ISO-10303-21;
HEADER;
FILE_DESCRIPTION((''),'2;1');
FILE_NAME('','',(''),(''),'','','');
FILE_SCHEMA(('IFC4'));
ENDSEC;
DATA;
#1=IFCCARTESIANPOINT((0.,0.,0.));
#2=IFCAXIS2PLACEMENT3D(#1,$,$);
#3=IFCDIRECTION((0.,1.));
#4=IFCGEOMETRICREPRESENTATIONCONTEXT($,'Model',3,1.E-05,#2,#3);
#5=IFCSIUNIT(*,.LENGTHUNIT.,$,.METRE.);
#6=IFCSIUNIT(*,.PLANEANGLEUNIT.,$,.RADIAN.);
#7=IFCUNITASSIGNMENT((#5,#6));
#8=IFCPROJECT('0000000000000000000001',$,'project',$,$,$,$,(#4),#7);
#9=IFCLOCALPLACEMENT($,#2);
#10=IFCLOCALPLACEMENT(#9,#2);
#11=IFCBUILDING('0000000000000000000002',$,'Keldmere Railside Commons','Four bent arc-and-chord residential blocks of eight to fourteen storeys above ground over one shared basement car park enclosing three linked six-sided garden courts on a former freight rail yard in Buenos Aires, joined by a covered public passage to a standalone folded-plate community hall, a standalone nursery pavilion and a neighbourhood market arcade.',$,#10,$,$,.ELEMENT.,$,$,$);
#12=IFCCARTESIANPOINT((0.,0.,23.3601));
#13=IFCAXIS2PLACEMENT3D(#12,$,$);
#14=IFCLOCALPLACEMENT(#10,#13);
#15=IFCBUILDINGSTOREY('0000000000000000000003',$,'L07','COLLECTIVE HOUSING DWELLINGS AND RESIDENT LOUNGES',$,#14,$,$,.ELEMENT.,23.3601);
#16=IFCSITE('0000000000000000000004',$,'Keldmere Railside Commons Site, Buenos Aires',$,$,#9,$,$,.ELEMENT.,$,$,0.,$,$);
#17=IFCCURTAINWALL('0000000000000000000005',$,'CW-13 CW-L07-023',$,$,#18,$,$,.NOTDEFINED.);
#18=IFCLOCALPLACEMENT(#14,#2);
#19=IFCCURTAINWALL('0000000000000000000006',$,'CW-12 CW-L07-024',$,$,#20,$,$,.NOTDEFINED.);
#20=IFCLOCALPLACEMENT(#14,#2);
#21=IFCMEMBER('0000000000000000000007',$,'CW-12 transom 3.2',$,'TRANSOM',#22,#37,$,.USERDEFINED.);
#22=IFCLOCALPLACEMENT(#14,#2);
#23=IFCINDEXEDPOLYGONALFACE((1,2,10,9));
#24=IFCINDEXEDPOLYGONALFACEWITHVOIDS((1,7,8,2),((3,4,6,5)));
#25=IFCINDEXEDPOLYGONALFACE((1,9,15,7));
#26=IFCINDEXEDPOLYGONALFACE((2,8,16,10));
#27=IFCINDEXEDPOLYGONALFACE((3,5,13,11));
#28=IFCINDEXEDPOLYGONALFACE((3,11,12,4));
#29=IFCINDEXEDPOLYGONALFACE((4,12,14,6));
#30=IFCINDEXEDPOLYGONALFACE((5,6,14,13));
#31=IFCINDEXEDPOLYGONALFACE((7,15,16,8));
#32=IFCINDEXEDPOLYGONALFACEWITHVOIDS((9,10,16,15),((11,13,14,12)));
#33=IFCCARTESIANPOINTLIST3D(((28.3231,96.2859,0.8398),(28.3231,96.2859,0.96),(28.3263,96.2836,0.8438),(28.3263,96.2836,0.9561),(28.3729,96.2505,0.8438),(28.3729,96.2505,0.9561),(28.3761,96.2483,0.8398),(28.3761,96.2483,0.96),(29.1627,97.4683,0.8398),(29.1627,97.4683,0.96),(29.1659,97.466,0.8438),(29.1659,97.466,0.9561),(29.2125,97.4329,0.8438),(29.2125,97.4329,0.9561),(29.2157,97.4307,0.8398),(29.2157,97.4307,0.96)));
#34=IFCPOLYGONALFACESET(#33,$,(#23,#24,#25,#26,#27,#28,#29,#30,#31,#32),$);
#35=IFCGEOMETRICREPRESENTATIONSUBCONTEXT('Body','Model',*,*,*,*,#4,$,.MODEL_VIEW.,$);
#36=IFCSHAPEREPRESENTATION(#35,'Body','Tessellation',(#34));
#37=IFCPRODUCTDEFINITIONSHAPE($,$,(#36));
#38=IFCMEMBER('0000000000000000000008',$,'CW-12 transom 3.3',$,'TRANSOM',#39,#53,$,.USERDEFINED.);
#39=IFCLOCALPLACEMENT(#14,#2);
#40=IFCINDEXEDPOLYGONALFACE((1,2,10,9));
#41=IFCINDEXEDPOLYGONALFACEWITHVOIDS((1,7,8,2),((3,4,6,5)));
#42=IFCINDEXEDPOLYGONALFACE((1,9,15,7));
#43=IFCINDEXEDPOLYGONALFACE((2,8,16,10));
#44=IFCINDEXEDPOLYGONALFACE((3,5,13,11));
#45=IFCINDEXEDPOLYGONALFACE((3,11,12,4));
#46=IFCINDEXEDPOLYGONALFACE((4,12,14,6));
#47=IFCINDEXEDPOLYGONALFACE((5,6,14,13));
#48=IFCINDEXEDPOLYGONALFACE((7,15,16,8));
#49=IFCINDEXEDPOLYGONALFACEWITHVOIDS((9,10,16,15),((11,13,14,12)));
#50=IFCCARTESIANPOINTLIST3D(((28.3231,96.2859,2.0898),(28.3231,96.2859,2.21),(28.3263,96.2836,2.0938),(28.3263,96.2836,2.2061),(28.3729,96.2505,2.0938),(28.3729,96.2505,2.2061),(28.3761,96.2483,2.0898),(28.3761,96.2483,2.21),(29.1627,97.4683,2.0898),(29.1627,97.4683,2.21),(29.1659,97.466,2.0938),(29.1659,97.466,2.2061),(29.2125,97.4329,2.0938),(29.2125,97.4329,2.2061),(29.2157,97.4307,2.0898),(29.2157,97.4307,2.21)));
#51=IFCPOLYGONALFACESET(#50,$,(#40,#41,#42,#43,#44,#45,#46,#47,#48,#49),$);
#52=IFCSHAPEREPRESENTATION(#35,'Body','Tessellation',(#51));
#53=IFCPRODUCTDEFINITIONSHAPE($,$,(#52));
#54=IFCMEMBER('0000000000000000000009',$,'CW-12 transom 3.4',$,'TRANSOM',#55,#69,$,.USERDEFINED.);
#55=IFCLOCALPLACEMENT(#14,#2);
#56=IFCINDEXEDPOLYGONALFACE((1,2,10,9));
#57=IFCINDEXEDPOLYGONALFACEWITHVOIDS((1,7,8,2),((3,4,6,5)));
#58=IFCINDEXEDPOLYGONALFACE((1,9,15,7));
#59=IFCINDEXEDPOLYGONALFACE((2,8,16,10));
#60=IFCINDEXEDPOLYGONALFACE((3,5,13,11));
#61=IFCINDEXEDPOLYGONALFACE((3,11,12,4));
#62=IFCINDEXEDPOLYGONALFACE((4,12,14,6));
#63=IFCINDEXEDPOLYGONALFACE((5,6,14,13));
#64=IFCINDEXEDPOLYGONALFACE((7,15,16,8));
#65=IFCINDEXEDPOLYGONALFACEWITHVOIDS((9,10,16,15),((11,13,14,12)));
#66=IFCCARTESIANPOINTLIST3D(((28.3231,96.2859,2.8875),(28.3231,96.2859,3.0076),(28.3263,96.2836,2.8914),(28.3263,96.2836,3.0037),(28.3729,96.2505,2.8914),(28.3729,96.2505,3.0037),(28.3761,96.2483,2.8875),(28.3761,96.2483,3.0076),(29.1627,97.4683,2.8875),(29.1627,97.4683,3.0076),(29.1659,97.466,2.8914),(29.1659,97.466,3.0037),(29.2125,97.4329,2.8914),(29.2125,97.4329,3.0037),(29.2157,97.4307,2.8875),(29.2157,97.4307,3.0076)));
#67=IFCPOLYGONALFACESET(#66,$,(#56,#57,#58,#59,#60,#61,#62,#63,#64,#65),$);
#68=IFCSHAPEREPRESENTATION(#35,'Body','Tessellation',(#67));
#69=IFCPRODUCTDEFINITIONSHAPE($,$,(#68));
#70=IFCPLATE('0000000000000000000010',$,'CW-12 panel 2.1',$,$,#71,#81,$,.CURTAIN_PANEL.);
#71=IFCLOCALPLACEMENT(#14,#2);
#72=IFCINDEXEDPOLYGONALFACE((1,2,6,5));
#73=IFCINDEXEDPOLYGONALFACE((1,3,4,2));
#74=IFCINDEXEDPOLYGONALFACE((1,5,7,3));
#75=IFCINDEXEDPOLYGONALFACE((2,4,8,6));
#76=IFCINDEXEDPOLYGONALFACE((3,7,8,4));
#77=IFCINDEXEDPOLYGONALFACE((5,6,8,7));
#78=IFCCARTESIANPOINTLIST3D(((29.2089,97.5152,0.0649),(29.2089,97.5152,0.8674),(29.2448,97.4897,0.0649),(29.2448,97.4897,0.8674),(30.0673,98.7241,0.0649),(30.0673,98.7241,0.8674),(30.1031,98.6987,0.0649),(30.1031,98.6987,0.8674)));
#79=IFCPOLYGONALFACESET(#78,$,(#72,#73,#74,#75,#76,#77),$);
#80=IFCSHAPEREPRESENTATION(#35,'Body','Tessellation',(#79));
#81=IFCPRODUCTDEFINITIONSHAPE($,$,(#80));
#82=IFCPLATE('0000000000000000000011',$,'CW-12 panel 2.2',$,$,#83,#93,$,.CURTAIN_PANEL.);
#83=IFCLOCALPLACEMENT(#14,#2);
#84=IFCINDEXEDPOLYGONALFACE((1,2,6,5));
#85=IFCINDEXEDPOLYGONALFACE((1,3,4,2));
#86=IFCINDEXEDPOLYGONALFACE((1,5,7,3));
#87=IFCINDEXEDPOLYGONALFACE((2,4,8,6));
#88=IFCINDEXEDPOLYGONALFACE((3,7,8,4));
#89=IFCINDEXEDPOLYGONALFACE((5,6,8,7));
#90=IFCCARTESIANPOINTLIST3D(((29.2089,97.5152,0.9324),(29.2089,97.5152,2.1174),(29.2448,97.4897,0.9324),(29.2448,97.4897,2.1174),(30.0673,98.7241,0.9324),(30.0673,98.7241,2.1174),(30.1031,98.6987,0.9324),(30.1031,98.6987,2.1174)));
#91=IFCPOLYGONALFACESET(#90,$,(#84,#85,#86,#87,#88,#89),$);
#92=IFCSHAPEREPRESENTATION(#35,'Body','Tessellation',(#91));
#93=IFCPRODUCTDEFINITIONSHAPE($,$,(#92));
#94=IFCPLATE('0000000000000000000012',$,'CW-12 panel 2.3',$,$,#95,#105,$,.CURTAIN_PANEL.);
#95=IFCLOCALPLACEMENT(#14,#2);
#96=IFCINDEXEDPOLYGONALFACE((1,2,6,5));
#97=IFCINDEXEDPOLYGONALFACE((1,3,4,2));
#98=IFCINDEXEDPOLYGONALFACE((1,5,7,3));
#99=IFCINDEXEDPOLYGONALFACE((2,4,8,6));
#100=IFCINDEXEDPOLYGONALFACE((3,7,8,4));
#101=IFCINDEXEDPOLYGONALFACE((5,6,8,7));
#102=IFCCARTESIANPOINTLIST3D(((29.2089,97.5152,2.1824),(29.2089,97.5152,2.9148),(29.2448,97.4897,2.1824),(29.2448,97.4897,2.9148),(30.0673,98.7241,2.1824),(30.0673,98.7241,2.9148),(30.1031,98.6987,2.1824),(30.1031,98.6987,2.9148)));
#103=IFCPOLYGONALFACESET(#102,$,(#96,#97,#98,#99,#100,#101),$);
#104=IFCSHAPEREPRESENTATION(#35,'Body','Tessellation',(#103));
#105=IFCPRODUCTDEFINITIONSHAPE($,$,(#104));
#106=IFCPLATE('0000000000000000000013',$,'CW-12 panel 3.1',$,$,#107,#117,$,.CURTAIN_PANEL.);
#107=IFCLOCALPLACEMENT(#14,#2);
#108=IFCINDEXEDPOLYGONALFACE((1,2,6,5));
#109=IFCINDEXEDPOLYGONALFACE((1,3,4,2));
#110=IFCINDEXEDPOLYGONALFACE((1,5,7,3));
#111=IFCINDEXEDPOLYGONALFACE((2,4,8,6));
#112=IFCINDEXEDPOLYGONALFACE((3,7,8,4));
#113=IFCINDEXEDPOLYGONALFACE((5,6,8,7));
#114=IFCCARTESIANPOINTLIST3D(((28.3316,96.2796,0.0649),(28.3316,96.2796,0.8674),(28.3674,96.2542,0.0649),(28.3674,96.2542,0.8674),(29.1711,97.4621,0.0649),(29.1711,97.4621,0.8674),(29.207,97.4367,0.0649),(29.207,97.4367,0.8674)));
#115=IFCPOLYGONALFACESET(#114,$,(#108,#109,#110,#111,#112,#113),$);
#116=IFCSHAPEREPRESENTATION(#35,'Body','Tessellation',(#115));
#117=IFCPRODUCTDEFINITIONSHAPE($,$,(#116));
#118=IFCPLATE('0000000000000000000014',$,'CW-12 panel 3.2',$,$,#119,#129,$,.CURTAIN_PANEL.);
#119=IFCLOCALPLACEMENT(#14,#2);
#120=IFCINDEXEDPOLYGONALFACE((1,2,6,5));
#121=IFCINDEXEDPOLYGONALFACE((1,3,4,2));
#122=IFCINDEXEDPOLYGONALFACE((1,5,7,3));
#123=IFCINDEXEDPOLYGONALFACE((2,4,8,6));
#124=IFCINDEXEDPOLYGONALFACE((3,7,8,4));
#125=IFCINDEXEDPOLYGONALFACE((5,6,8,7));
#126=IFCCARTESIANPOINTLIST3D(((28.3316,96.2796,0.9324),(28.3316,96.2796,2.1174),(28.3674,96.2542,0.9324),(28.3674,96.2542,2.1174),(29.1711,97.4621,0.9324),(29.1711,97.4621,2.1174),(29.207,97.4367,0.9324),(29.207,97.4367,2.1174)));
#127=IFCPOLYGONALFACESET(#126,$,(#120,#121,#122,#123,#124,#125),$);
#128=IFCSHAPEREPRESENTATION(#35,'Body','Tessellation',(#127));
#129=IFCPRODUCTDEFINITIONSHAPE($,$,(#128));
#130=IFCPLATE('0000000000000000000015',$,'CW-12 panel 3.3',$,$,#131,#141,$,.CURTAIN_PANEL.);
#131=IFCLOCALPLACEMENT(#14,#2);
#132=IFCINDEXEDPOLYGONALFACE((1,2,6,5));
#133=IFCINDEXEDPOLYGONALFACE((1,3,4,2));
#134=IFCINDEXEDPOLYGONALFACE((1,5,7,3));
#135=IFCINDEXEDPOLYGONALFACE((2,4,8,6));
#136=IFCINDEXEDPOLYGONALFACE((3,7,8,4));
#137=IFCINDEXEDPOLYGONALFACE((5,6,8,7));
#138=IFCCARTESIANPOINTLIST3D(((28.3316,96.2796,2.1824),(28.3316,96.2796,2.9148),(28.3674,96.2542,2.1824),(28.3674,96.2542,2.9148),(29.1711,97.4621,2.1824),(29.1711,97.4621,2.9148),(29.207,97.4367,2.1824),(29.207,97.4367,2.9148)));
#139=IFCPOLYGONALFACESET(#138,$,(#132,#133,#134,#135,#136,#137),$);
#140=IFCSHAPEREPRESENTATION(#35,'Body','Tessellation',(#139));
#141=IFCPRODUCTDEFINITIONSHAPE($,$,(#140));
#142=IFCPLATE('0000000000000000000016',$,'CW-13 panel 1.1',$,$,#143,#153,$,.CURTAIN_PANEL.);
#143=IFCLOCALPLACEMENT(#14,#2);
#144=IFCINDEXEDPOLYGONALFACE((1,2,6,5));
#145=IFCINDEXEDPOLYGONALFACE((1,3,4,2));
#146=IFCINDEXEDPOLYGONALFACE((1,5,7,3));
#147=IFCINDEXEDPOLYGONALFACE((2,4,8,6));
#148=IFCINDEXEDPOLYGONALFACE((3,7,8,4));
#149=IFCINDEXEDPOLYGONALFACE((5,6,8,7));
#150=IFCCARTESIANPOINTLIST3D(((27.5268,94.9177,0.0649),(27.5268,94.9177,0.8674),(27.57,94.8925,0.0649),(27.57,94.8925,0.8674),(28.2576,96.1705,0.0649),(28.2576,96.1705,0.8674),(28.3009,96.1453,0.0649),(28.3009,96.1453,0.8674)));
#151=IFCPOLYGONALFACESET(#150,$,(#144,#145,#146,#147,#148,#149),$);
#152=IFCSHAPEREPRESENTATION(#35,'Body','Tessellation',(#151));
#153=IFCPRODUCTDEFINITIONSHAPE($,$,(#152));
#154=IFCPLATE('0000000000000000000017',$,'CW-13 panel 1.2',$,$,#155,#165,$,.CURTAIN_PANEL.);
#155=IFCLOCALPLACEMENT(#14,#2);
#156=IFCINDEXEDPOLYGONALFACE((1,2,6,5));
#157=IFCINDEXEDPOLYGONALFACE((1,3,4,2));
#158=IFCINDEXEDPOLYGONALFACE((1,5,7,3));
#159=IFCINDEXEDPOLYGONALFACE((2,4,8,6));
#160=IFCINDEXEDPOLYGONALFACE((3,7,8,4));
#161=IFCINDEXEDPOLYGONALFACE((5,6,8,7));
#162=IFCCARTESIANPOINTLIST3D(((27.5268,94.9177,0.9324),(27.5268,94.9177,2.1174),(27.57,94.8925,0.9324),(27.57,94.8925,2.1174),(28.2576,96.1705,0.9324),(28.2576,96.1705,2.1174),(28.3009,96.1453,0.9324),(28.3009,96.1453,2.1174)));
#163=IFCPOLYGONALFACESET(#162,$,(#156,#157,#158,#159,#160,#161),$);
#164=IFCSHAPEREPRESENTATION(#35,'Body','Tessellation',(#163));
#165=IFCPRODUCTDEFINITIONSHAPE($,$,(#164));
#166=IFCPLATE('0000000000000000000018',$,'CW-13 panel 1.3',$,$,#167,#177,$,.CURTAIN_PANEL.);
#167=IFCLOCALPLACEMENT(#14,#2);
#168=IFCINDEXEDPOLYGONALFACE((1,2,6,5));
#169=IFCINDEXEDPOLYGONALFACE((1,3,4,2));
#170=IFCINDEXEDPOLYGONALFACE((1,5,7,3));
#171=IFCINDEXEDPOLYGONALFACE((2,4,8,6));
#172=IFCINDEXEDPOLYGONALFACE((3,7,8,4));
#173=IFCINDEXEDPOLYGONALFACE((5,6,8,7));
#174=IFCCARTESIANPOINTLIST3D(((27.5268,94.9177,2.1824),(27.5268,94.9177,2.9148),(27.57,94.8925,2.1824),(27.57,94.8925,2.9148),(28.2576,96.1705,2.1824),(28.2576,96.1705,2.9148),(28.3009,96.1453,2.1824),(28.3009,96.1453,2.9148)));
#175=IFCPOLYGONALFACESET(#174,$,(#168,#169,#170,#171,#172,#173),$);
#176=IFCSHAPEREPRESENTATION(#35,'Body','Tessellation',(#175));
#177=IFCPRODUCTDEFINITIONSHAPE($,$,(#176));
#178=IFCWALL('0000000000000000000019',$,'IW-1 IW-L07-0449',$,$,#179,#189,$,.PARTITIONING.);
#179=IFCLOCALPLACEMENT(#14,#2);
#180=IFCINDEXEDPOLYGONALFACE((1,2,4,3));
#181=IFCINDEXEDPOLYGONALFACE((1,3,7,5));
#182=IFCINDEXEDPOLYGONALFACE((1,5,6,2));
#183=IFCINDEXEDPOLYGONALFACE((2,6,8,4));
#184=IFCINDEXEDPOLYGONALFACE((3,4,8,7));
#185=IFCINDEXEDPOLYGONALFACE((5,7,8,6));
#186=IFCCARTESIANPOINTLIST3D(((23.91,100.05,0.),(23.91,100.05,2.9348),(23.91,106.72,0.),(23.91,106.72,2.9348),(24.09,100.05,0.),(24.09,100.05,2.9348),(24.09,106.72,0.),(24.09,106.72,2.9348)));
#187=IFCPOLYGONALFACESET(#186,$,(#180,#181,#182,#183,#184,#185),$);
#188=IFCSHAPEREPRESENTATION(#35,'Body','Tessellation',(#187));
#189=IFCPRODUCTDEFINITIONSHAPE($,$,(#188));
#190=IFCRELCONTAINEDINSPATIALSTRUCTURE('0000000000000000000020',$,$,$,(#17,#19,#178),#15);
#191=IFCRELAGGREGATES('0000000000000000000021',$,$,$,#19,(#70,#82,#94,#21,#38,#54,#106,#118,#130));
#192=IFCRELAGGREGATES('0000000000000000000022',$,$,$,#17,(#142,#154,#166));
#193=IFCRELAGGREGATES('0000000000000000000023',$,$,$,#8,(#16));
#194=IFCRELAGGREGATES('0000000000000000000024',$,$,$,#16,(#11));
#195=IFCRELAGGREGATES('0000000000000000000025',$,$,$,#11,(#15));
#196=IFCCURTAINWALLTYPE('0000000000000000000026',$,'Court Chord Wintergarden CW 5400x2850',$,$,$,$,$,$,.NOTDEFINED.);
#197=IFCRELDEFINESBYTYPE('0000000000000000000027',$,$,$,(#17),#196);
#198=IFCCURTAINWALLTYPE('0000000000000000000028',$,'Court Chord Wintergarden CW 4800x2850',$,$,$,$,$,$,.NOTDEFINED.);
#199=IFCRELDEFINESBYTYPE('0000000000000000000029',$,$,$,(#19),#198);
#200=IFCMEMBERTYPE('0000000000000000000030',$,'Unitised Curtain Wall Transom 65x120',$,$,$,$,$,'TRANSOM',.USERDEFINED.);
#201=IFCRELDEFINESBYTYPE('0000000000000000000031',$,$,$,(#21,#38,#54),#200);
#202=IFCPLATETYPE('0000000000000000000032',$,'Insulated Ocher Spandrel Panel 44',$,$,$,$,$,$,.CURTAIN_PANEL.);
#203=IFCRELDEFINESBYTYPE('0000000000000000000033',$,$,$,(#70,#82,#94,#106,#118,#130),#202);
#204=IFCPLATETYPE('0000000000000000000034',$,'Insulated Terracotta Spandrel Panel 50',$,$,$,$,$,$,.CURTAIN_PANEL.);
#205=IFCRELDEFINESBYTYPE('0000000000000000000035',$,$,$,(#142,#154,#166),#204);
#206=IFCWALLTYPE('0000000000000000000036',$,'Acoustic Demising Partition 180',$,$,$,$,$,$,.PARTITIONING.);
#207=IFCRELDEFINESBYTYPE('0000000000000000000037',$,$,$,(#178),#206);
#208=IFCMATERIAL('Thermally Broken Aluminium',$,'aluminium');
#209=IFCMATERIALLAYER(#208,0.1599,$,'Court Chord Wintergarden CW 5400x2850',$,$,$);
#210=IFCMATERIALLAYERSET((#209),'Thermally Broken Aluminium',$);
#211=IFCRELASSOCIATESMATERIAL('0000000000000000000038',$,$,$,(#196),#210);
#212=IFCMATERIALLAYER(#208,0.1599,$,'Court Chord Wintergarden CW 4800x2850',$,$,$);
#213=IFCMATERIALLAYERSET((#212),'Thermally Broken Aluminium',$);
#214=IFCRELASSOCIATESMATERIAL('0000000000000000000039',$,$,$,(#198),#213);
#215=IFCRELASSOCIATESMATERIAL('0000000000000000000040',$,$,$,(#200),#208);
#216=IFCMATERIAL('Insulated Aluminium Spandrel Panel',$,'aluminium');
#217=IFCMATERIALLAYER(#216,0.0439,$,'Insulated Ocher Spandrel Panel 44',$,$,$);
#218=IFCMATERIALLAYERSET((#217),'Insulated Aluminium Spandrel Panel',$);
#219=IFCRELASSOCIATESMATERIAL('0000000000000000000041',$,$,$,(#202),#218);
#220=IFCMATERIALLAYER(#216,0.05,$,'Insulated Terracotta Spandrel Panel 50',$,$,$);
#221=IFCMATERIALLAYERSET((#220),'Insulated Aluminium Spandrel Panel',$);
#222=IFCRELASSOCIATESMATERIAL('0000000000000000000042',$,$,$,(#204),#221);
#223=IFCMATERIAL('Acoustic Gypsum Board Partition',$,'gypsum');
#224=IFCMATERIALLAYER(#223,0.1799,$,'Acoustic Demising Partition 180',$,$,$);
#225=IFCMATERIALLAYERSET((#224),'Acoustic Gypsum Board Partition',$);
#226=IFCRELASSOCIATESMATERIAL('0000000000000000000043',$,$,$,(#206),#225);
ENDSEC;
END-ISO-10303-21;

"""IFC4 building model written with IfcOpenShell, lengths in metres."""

from ifc_helpers import new_model, si_unit, direction, frame, frame_2d, origin, origin_2d, place, context, subcontext, project, spatial, rectangle, hollow_rectangle, extrude, material, layer, layer_set, material_profile, profile_set, type_object, element, aggregate, save


model = new_model("IFC4")

# Units and contexts
model_context = context("Model", 3, precision=1e-05, world=origin(), true_north=direction((0.0, 1.0)))
body_context = subcontext(model_context, "Body", "Model", "MODEL_VIEW")
ifc_project = project(units=[si_unit("LENGTHUNIT", "METRE"), si_unit("PLANEANGLEUNIT", "RADIAN")], contexts=[model_context])

# Site, building, storey
site_placement = place(None, origin())
site = spatial("IfcSite", under=ifc_project, at=site_placement, Name="Keldmere Railside Commons Site, Buenos Aires", CompositionType="ELEMENT", RefElevation=0.0)
building_placement = place(site_placement, origin())
building = spatial("IfcBuilding", under=site, at=building_placement, Name="Keldmere Railside Commons", Description="Four bent arc-and-chord residential blocks of eight to fourteen storeys above ground over one shared basement car park enclosing three linked six-sided garden courts on a former freight rail yard in Buenos Aires, joined by a covered public passage to a standalone folded-plate community hall, a standalone nursery pavilion and a neighbourhood market arcade.", CompositionType="ELEMENT")
storey_placement = place(building_placement, frame((0.0, 0.0, 23.3601)))
storey = spatial("IfcBuildingStorey", under=building, at=storey_placement, Name="L07", Description="COLLECTIVE HOUSING DWELLINGS AND RESIDENT LOUNGES", CompositionType="ELEMENT", Elevation=23.3601)

# Curtain wall
ifc_material_1 = material(Name="Thermally Broken Aluminium", Category="aluminium")
ifc_layer_1 = layer(ifc_material_1, 0.1599, Name="Court Chord Wintergarden CW 5400x2850")
ifc_layer_set_1 = layer_set([ifc_layer_1], Name="Thermally Broken Aluminium")
curtain_wall_type_1 = type_object("IfcCurtainWallType", Name="Court Chord Wintergarden CW 5400x2850", PredefinedType="NOTDEFINED", material=ifc_layer_set_1)
curtain_wall_1_placement = place(storey_placement, origin())
curtain_wall_1 = element("IfcCurtainWall", 1, at=curtain_wall_1_placement, inside=storey, type_object=curtain_wall_type_1, Name="CW-13 CW-L07-023", PredefinedType="NOTDEFINED")

# Curtain wall
ifc_layer_2 = layer(ifc_material_1, 0.1599, Name="Court Chord Wintergarden CW 4800x2850")
ifc_layer_set_2 = layer_set([ifc_layer_2], Name="Thermally Broken Aluminium")
curtain_wall_type_2 = type_object("IfcCurtainWallType", Name="Court Chord Wintergarden CW 4800x2850", PredefinedType="NOTDEFINED", material=ifc_layer_set_2)
curtain_wall_2_placement = place(storey_placement, origin())
curtain_wall_2 = element("IfcCurtainWall", 2, at=curtain_wall_2_placement, inside=storey, type_object=curtain_wall_type_2, Name="CW-12 CW-L07-024", PredefinedType="NOTDEFINED")

# Members
ifc_material_profile_1 = material_profile(ifc_material_1, hollow_rectangle(XDim=0.0649, YDim=0.1201, WallThickness=0.0039, at=origin_2d()), Name="ALU-TRAN-65x120")
ifc_profile_set_1 = profile_set([ifc_material_profile_1], Name="Thermally Broken Aluminium")
member_type_1 = type_object("IfcMemberType", Name="Unitised Curtain Wall Transom 65x120", ElementType="TRANSOM", PredefinedType="USERDEFINED", material=ifc_profile_set_1)
member_1_placement = place(storey_placement, frame((29.1892, 97.4495, 0.8999), z_axis=(-0.578975, -0.815346, 0.0), x_axis=(0.815346, -0.578975, 0.0)))
member_1 = element("IfcMember", 3, at=member_1_placement, type_object=member_type_1, Name="CW-12 transom 3.2", ObjectType="TRANSOM", PredefinedType="USERDEFINED", context=body_context, shape_type="SweptSolid", body=[
    extrude(hollow_rectangle(XDim=0.0649, YDim=0.1201, WallThickness=0.0039, at=origin_2d()), origin(), (0.0, 0.0, 1.0), 1.4502),
])
member_2_placement = place(storey_placement, frame((29.1892, 97.4495, 2.1499), z_axis=(-0.578975, -0.815346, 0.0), x_axis=(0.815346, -0.578975, 0.0)))
member_2 = element("IfcMember", 4, at=member_2_placement, type_object=member_type_1, Name="CW-12 transom 3.3", ObjectType="TRANSOM", PredefinedType="USERDEFINED", context=body_context, shape_type="SweptSolid", body=[
    extrude(hollow_rectangle(XDim=0.0649, YDim=0.1201, WallThickness=0.0039, at=origin_2d()), origin(), (0.0, 0.0, 1.0), 1.4502),
])
member_3_placement = place(storey_placement, frame((29.1892, 97.4495, 2.9475), z_axis=(-0.578975, -0.815346, 0.0), x_axis=(0.815346, -0.578975, 0.0)))
member_3 = element("IfcMember", 5, at=member_3_placement, type_object=member_type_1, Name="CW-12 transom 3.4", ObjectType="TRANSOM", PredefinedType="USERDEFINED", context=body_context, shape_type="SweptSolid", body=[
    extrude(hollow_rectangle(XDim=0.0649, YDim=0.1201, WallThickness=0.0039, at=origin_2d()), origin(), (0.0, 0.0, 1.0), 1.4502),
])

# Plates
ifc_material_2 = material(Name="Insulated Aluminium Spandrel Panel", Category="aluminium")
ifc_layer_3 = layer(ifc_material_2, 0.0439, Name="Insulated Ocher Spandrel Panel 44")
ifc_layer_set_3 = layer_set([ifc_layer_3], Name="Insulated Aluminium Spandrel Panel")
plate_type_1 = type_object("IfcPlateType", Name="Insulated Ocher Spandrel Panel 44", PredefinedType="CURTAIN_PANEL", material=ifc_layer_set_3)
plate_1_placement = place(storey_placement, frame((29.656, 98.1069, 0.0649), z_axis=(0.0, 0.0, 1.0), x_axis=(-0.578913, -0.815389, 0.0)))
plate_1 = element("IfcPlate", 6, at=plate_1_placement, type_object=plate_type_1, Name="CW-12 panel 2.1", PredefinedType="CURTAIN_PANEL", context=body_context, shape_type="SweptSolid", body=[
    extrude(rectangle(XDim=1.4827, YDim=0.0439, at=origin_2d()), origin(), (0.0, 0.0, 1.0), 0.8025),
])
plate_2_placement = place(storey_placement, frame((29.656, 98.1069, 0.9324), z_axis=(0.0, 0.0, 1.0), x_axis=(-0.578913, -0.815389, 0.0)))
plate_2 = element("IfcPlate", 7, at=plate_2_placement, type_object=plate_type_1, Name="CW-12 panel 2.2", PredefinedType="CURTAIN_PANEL", context=body_context, shape_type="SweptSolid", body=[
    extrude(rectangle(XDim=1.4827, YDim=0.0439, at=origin_2d()), origin(), (0.0, 0.0, 1.0), 1.1851),
])
plate_3_placement = place(storey_placement, frame((29.656, 98.1069, 2.1824), z_axis=(0.0, 0.0, 1.0), x_axis=(-0.578913, -0.815389, 0.0)))
plate_3 = element("IfcPlate", 8, at=plate_3_placement, type_object=plate_type_1, Name="CW-12 panel 2.3", PredefinedType="CURTAIN_PANEL", context=body_context, shape_type="SweptSolid", body=[
    extrude(rectangle(XDim=1.4827, YDim=0.0439, at=origin_2d()), origin(), (0.0, 0.0, 1.0), 0.7324),
])
plate_4_placement = place(storey_placement, frame((28.7693, 96.8582, 0.0649), z_axis=(0.0, 0.0, 1.0), x_axis=(-0.578913, -0.815389, 0.0)))
plate_4 = element("IfcPlate", 9, at=plate_4_placement, type_object=plate_type_1, Name="CW-12 panel 3.1", PredefinedType="CURTAIN_PANEL", context=body_context, shape_type="SweptSolid", body=[
    extrude(rectangle(XDim=1.4502, YDim=0.0439, at=origin_2d()), origin(), (0.0, 0.0, 1.0), 0.8025),
])
plate_5_placement = place(storey_placement, frame((28.7693, 96.8582, 0.9324), z_axis=(0.0, 0.0, 1.0), x_axis=(-0.578913, -0.815389, 0.0)))
plate_5 = element("IfcPlate", 10, at=plate_5_placement, type_object=plate_type_1, Name="CW-12 panel 3.2", PredefinedType="CURTAIN_PANEL", context=body_context, shape_type="SweptSolid", body=[
    extrude(rectangle(XDim=1.4502, YDim=0.0439, at=origin_2d()), origin(), (0.0, 0.0, 1.0), 1.1851),
])
plate_6_placement = place(storey_placement, frame((28.7693, 96.8582, 2.1824), z_axis=(0.0, 0.0, 1.0), x_axis=(-0.578913, -0.815389, 0.0)))
plate_6 = element("IfcPlate", 11, at=plate_6_placement, type_object=plate_type_1, Name="CW-12 panel 3.3", PredefinedType="CURTAIN_PANEL", context=body_context, shape_type="SweptSolid", body=[
    extrude(rectangle(XDim=1.4502, YDim=0.0439, at=origin_2d()), origin(), (0.0, 0.0, 1.0), 0.7324),
])
aggregate(curtain_wall_2, [plate_1, plate_2, plate_3, member_1, member_2, member_3, plate_4, plate_5, plate_6])
ifc_layer_4 = layer(ifc_material_2, 0.05, Name="Insulated Terracotta Spandrel Panel 50")
ifc_layer_set_4 = layer_set([ifc_layer_4], Name="Insulated Aluminium Spandrel Panel")
plate_type_2 = type_object("IfcPlateType", Name="Insulated Terracotta Spandrel Panel 50", PredefinedType="CURTAIN_PANEL", material=ifc_layer_set_4)
plate_7_placement = place(storey_placement, frame((27.9138, 95.5315, 0.0649), z_axis=(0.0, 0.0, 1.0), x_axis=(-0.503911, -0.863755, 0.0)))
plate_7 = element("IfcPlate", 12, at=plate_7_placement, type_object=plate_type_2, Name="CW-13 panel 1.1", PredefinedType="CURTAIN_PANEL", context=body_context, shape_type="SweptSolid", body=[
    extrude(rectangle(XDim=1.4504, YDim=0.05, at=origin_2d()), origin(), (0.0, 0.0, 1.0), 0.8025),
])
plate_8_placement = place(storey_placement, frame((27.9138, 95.5315, 0.9324), z_axis=(0.0, 0.0, 1.0), x_axis=(-0.503911, -0.863755, 0.0)))
plate_8 = element("IfcPlate", 13, at=plate_8_placement, type_object=plate_type_2, Name="CW-13 panel 1.2", PredefinedType="CURTAIN_PANEL", context=body_context, shape_type="SweptSolid", body=[
    extrude(rectangle(XDim=1.4504, YDim=0.05, at=origin_2d()), origin(), (0.0, 0.0, 1.0), 1.1851),
])
plate_9_placement = place(storey_placement, frame((27.9138, 95.5315, 2.1824), z_axis=(0.0, 0.0, 1.0), x_axis=(-0.503911, -0.863755, 0.0)))
plate_9 = element("IfcPlate", 14, at=plate_9_placement, type_object=plate_type_2, Name="CW-13 panel 1.3", PredefinedType="CURTAIN_PANEL", context=body_context, shape_type="SweptSolid", body=[
    extrude(rectangle(XDim=1.4504, YDim=0.05, at=origin_2d()), origin(), (0.0, 0.0, 1.0), 0.7324),
])
aggregate(curtain_wall_1, [plate_7, plate_8, plate_9])

# Wall
ifc_material_3 = material(Name="Acoustic Gypsum Board Partition", Category="gypsum")
ifc_layer_5 = layer(ifc_material_3, 0.1799, Name="Acoustic Demising Partition 180")
ifc_layer_set_5 = layer_set([ifc_layer_5], Name="Acoustic Gypsum Board Partition")
wall_type_1 = type_object("IfcWallType", Name="Acoustic Demising Partition 180", PredefinedType="PARTITIONING", material=ifc_layer_set_5)
wall_1_placement = place(storey_placement, frame((24.0, 100.05, 0.0), z_axis=(0.0, 0.0, 1.0), x_axis=(0.0, 1.0, 0.0)))
element("IfcWall", 15, at=wall_1_placement, inside=storey, type_object=wall_type_1, Name="IW-1 IW-L07-0449", PredefinedType="PARTITIONING", context=body_context, shape_type="SweptSolid", body=[
    extrude(rectangle(XDim=6.6699, YDim=0.1799, at=frame_2d((3.335, 0.0))), origin(), (0.0, 0.0, 1.0), 2.9348),
])

save(model, "model.ifc")
